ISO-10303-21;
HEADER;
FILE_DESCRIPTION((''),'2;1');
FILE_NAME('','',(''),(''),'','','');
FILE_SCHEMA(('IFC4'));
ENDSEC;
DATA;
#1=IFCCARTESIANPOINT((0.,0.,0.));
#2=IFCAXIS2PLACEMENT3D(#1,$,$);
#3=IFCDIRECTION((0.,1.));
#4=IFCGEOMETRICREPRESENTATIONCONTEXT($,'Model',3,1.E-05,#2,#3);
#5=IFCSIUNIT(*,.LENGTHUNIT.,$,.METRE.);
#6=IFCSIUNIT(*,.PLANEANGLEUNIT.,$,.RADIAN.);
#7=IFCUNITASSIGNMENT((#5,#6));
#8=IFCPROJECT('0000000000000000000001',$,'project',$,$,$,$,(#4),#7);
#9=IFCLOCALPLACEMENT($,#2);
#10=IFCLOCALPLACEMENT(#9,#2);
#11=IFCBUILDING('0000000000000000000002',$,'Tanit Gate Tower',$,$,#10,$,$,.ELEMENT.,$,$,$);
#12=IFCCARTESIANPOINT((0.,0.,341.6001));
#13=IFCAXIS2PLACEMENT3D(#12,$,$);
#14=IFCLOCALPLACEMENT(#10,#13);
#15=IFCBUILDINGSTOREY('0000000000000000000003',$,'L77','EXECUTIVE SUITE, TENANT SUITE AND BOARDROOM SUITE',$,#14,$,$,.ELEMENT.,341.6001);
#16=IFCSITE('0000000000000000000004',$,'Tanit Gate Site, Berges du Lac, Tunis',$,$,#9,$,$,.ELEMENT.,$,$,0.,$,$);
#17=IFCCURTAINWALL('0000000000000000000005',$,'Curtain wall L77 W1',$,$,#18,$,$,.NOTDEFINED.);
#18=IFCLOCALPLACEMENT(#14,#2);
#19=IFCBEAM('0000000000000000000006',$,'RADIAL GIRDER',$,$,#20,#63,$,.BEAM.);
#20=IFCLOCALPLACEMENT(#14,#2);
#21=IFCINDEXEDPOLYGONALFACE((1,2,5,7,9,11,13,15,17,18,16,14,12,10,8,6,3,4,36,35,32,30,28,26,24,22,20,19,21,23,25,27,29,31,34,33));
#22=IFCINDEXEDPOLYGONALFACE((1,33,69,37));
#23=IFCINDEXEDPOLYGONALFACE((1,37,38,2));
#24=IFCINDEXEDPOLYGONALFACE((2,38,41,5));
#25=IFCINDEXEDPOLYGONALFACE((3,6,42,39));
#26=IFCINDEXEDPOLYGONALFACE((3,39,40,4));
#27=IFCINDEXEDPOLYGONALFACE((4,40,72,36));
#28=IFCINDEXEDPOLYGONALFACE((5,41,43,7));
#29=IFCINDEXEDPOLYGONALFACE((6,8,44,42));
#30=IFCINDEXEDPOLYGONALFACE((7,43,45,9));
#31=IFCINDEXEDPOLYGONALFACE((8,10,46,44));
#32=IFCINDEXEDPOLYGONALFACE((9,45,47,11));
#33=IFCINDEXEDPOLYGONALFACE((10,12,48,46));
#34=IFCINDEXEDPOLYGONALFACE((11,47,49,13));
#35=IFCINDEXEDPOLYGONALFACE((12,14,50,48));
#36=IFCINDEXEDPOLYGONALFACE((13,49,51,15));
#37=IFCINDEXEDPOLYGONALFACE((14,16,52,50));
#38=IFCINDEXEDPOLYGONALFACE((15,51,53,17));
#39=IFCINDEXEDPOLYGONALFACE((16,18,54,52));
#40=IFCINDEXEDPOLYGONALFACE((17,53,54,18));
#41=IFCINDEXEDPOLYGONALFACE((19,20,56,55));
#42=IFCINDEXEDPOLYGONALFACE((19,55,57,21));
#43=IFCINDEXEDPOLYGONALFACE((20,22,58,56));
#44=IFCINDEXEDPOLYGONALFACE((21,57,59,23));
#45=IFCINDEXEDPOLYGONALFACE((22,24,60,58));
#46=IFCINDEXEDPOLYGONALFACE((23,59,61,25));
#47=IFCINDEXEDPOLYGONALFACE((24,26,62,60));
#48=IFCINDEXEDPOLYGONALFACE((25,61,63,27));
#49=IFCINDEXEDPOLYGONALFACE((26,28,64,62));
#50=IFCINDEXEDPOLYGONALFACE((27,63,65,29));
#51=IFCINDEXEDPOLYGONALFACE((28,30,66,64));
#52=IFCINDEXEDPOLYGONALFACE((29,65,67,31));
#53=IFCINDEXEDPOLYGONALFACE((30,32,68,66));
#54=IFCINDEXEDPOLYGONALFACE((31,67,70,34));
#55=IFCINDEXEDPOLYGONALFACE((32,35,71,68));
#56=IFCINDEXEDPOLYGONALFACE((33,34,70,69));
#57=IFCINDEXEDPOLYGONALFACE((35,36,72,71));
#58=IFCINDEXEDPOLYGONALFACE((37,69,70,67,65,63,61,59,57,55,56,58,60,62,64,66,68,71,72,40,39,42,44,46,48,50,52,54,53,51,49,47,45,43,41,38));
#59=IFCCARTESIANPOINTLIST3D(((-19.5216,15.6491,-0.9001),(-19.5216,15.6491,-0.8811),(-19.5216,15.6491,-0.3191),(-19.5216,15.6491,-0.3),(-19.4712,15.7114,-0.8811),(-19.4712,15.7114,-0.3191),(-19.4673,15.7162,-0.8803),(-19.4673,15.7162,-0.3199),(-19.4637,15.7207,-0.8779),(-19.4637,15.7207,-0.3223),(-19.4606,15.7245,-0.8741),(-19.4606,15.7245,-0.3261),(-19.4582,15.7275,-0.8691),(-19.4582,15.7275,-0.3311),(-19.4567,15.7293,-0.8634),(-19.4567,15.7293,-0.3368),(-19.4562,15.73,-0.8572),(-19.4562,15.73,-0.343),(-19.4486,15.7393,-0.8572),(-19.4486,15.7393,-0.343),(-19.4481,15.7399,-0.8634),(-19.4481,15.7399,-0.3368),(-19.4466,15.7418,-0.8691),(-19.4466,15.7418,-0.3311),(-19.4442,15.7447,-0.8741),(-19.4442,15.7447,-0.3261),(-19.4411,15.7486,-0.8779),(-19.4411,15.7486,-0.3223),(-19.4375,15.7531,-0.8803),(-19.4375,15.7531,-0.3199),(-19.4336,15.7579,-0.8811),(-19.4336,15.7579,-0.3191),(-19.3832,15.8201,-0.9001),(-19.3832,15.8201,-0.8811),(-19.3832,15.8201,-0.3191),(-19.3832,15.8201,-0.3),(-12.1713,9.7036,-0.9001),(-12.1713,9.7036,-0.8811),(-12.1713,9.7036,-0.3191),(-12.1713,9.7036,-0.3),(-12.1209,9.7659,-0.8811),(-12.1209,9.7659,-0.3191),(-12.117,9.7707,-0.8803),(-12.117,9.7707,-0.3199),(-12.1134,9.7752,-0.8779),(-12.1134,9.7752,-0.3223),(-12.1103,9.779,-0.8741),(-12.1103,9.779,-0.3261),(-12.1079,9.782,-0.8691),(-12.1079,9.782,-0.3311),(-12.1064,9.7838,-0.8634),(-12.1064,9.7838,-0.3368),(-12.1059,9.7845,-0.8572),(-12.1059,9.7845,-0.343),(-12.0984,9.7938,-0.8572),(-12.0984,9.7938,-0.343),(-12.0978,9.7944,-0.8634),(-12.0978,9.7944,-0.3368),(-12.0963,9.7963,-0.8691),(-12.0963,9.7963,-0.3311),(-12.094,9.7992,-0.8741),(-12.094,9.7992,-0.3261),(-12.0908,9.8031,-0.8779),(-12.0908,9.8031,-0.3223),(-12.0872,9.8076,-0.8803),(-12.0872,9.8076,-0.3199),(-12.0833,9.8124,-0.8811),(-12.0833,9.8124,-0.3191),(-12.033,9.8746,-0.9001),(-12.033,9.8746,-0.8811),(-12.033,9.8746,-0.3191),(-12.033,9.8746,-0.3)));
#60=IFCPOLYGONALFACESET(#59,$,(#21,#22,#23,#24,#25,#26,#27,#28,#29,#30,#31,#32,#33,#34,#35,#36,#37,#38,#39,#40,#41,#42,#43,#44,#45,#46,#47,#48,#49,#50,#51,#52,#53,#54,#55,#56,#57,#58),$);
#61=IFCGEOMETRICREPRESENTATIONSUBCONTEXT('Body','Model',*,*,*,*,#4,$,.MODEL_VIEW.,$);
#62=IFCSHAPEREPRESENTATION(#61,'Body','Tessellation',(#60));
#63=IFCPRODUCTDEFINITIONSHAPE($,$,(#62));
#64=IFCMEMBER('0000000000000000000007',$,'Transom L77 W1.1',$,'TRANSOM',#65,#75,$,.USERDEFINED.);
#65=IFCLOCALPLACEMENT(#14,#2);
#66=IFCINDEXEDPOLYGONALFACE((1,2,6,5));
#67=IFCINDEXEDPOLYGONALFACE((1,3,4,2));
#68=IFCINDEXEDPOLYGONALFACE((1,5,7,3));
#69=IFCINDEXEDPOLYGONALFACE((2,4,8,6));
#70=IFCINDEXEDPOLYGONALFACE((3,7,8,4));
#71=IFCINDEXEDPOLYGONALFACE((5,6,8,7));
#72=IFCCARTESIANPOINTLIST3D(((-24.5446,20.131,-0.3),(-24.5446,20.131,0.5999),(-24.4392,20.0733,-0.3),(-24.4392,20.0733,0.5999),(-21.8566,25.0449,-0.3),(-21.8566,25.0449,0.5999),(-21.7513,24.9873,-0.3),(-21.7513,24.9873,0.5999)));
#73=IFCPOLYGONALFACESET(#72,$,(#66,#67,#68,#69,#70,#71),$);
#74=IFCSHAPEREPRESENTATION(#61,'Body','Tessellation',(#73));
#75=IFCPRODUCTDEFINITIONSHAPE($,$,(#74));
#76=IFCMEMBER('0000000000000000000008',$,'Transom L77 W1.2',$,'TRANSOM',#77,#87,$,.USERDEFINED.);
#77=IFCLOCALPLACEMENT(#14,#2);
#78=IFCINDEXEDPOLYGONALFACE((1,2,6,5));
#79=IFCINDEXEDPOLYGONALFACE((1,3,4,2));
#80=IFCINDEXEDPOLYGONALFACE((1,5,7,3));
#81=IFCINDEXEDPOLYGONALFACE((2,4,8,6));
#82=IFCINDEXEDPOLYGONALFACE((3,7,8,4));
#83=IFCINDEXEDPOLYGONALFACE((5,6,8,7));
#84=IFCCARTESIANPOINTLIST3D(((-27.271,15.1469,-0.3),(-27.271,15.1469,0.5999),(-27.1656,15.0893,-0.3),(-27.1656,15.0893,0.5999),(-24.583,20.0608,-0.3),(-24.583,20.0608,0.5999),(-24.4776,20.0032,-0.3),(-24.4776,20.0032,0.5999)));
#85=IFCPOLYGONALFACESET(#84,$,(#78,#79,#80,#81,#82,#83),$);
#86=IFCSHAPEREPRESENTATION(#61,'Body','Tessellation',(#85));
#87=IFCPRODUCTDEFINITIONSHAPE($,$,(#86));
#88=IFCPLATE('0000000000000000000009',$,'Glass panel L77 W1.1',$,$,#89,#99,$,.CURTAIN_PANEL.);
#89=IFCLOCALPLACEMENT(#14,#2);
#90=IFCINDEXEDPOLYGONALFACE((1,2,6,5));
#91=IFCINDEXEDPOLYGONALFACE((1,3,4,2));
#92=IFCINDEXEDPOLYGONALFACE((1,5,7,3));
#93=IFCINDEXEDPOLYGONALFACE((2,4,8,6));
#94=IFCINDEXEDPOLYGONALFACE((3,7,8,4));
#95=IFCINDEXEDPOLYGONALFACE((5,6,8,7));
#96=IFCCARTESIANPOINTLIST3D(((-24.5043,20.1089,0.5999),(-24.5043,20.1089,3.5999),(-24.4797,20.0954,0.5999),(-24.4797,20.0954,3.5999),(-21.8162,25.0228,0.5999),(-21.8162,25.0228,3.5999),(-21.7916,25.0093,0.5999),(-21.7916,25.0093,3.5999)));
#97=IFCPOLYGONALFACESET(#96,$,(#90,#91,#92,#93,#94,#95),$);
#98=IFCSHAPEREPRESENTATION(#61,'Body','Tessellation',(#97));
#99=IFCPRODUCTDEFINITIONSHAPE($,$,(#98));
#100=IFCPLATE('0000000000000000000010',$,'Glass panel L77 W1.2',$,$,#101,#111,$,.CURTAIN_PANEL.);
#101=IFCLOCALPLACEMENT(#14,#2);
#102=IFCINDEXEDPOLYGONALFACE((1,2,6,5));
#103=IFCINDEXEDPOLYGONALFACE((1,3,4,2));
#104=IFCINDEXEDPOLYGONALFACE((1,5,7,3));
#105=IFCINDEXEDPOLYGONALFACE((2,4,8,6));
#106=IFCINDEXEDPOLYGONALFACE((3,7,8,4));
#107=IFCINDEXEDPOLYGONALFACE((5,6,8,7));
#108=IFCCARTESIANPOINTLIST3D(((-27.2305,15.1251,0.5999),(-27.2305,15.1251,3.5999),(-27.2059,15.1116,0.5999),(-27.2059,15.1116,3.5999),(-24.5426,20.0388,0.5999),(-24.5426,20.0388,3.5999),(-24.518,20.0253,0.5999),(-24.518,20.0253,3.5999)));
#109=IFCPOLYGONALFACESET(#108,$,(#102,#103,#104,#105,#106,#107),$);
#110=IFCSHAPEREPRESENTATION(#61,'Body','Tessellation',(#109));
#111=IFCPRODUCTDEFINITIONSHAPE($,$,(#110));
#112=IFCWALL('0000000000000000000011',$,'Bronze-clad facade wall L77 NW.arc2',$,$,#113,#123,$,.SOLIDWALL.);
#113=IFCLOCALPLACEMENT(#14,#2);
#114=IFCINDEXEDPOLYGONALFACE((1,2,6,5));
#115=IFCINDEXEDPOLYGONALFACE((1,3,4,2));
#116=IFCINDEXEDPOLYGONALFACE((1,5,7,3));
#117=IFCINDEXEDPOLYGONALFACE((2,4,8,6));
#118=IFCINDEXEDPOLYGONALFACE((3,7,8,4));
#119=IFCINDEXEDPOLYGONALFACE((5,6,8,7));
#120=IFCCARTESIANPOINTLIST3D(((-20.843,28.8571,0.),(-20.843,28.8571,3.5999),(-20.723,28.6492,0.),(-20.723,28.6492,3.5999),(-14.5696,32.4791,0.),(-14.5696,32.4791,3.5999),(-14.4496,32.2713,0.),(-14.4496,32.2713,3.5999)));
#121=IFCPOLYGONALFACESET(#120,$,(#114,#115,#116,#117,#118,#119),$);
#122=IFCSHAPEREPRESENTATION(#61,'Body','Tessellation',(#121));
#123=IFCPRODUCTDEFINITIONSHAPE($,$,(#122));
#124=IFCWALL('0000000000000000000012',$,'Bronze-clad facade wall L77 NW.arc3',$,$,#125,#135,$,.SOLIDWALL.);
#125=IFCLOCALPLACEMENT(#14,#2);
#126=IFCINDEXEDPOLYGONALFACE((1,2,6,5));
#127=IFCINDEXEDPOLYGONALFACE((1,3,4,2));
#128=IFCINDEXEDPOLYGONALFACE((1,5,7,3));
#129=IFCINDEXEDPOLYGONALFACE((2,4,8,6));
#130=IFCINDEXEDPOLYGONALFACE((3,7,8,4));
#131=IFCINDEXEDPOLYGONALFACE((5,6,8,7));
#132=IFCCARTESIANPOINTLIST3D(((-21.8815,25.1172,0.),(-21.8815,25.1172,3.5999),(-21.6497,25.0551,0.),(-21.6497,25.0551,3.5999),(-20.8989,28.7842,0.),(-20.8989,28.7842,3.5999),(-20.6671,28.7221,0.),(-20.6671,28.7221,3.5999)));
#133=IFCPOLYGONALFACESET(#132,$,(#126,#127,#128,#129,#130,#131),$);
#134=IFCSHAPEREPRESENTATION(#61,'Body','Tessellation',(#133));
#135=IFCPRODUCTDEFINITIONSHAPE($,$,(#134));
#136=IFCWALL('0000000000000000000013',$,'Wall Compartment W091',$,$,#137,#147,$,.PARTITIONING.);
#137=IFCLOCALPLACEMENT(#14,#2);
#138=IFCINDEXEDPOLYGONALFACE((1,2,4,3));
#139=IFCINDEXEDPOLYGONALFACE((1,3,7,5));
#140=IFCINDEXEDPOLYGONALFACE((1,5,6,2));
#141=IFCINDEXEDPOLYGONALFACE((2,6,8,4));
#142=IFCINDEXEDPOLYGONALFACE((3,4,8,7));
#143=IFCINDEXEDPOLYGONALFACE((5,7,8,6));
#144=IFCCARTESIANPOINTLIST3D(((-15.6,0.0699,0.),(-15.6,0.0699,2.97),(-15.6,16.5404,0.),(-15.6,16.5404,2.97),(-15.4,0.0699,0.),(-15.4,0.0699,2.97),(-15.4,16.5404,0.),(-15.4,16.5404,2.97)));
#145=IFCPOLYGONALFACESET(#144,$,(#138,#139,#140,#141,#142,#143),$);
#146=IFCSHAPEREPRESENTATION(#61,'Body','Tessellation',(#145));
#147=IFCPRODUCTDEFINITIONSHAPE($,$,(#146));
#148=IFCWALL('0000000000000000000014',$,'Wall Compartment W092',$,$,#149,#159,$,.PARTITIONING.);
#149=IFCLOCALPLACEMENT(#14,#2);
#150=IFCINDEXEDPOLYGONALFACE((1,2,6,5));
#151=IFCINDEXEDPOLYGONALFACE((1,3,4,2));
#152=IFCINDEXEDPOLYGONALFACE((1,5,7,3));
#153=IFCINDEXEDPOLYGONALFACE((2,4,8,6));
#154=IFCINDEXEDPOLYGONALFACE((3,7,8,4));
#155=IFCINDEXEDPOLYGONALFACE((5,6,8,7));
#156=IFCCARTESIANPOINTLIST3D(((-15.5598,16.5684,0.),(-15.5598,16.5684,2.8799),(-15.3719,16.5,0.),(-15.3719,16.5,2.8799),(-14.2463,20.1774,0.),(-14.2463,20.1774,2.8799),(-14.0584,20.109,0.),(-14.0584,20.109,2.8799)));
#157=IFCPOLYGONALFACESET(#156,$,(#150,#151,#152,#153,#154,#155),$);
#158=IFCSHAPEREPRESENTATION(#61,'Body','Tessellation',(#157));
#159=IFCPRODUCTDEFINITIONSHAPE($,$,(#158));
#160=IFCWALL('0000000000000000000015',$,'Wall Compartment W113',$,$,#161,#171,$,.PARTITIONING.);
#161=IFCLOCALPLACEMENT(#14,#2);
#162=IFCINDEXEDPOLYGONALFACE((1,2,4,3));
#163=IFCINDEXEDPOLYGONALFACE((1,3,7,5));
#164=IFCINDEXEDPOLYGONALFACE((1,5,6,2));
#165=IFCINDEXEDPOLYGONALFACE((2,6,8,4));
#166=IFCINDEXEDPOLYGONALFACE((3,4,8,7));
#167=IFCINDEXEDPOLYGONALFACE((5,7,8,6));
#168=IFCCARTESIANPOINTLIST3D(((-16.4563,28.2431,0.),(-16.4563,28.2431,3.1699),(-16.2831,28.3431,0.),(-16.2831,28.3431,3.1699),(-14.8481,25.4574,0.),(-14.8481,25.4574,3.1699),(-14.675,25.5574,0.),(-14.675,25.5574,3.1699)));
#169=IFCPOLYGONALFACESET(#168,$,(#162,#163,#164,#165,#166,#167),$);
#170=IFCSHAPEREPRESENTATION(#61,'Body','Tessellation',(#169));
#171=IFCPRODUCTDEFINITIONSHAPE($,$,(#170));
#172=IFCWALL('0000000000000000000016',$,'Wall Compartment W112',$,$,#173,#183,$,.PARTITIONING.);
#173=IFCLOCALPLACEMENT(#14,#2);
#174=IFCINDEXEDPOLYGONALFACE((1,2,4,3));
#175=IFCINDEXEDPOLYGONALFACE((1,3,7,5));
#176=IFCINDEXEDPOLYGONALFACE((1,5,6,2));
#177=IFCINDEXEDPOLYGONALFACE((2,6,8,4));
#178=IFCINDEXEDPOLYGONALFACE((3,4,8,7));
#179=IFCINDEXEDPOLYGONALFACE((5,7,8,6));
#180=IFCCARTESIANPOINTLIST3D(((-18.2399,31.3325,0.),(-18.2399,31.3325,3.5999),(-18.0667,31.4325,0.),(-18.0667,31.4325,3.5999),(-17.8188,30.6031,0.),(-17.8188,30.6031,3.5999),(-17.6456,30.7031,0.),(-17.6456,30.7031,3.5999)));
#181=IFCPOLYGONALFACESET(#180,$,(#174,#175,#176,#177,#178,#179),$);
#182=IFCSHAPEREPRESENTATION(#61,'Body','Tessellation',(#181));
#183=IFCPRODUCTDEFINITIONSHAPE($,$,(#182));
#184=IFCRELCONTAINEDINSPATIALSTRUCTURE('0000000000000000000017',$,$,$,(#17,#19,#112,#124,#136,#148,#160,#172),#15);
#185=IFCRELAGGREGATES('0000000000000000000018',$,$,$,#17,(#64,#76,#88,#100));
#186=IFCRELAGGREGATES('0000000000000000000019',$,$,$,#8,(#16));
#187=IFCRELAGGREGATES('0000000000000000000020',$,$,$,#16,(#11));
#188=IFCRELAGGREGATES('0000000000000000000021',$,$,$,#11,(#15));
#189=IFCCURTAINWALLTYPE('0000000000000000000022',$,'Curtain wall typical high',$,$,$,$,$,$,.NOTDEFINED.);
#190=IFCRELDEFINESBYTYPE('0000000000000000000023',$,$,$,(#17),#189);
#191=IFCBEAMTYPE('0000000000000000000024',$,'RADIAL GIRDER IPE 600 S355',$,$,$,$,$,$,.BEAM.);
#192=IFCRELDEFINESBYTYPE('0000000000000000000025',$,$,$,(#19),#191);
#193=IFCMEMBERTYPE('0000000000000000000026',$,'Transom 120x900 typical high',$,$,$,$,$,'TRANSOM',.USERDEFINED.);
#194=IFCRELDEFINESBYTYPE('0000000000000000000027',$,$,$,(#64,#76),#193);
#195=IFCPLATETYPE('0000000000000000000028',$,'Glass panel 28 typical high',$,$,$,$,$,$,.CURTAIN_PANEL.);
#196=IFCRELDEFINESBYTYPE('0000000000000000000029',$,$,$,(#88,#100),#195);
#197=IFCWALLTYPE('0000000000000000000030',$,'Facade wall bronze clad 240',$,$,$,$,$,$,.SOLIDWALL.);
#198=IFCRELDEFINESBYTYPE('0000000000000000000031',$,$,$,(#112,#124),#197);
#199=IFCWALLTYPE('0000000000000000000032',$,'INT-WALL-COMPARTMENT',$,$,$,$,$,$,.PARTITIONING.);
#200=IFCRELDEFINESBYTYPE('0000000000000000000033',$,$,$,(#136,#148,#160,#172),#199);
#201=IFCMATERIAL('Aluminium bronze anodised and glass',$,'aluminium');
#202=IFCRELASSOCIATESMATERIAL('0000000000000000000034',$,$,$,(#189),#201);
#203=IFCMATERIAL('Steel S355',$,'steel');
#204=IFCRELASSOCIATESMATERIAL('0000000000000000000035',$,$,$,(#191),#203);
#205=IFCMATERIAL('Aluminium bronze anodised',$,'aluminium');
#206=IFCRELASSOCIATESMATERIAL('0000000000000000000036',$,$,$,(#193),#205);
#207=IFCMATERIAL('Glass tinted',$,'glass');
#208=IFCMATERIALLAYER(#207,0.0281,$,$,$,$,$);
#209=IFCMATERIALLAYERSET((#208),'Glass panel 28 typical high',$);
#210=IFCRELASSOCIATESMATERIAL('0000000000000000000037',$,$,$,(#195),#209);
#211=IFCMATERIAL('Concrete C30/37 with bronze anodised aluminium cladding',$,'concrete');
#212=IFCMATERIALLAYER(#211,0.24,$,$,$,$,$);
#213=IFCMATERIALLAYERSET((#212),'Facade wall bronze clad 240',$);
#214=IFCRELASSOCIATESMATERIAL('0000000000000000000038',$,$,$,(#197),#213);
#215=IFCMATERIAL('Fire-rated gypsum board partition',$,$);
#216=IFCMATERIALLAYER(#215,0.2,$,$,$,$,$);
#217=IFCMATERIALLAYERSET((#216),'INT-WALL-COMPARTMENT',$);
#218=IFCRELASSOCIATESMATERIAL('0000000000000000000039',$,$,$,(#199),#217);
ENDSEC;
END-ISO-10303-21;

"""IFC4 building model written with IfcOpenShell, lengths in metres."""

from ifc_helpers import new_model, si_unit, direction, frame, frame_2d, origin, origin_2d, place, context, subcontext, project, spatial, rectangle, i_section, extrude, material, layer, layer_set, material_profile, profile_set, type_object, element, aggregate, save


model = new_model("IFC4")

# Units and contexts
model_context = context("Model", 3, precision=1e-05, world=origin(), true_north=direction((0.0, 1.0)))
body_context = subcontext(model_context, "Body", "Model", "MODEL_VIEW")
ifc_project = project(units=[si_unit("LENGTHUNIT", "METRE"), si_unit("PLANEANGLEUNIT", "RADIAN")], contexts=[model_context])

# Site, building, storey
site_placement = place(None, origin())
site = spatial("IfcSite", under=ifc_project, at=site_placement, Name="Tanit Gate Site, Berges du Lac, Tunis", CompositionType="ELEMENT", RefElevation=0.0)
building_placement = place(site_placement, origin())
building = spatial("IfcBuilding", under=site, at=building_placement, Name="Tanit Gate Tower", CompositionType="ELEMENT")
storey_placement = place(building_placement, frame((0.0, 0.0, 341.6001)))
storey = spatial("IfcBuildingStorey", under=building, at=storey_placement, Name="L77", Description="EXECUTIVE SUITE, TENANT SUITE AND BOARDROOM SUITE", CompositionType="ELEMENT", Elevation=341.6001)

# Curtain wall
ifc_material_1 = material(Name="Aluminium bronze anodised and glass", Category="aluminium")
curtain_wall_type = type_object("IfcCurtainWallType", Name="Curtain wall typical high", PredefinedType="NOTDEFINED", material=ifc_material_1)
curtain_wall_placement = place(storey_placement, origin())
curtain_wall = element("IfcCurtainWall", 1, at=curtain_wall_placement, inside=storey, type_object=curtain_wall_type, Name="Curtain wall L77 W1", PredefinedType="NOTDEFINED")

# Beam
ifc_material_2 = material(Name="Steel S355", Category="steel")
ifc_material_profile_1 = material_profile(ifc_material_2, i_section(OverallWidth=0.22, OverallDepth=0.6001, WebThickness=0.012, FlangeThickness=0.019, FilletRadius=0.0239, at=origin_2d()), Name="IPE 600")
ifc_profile_set_1 = profile_set([ifc_material_profile_1], Name="Steel S355")
beam_type_1 = type_object("IfcBeamType", Name="RADIAL GIRDER IPE 600 S355", PredefinedType="BEAM", material=ifc_profile_set_1)
beam_1_placement = place(storey_placement, frame((-19.4524, 15.7346, -0.6001), z_axis=(0.777489, -0.628897, 0.0), x_axis=(0.628897, 0.777489, 0.0)))
element("IfcBeam", 2, at=beam_1_placement, inside=storey, type_object=beam_type_1, Name="RADIAL GIRDER", PredefinedType="BEAM", context=body_context, shape_type="SweptSolid", body=[
    extrude(i_section(OverallWidth=0.22, OverallDepth=0.6001, WebThickness=0.012, FlangeThickness=0.019, FilletRadius=0.0239, at=origin_2d()), origin(), (0.0, 0.0, 1.0), 9.4539),
])

# Members
ifc_material_3 = material(Name="Aluminium bronze anodised", Category="aluminium")
ifc_material_profile_2 = material_profile(ifc_material_3, rectangle(XDim=0.1201, YDim=0.8999, at=origin_2d()), Name="120x900 bronze transom")
ifc_profile_set_2 = profile_set([ifc_material_profile_2], Name="Aluminium bronze anodised")
member_type_1 = type_object("IfcMemberType", Name="Transom 120x900 typical high", ElementType="TRANSOM", PredefinedType="USERDEFINED", material=ifc_profile_set_2)
member_1_placement = place(storey_placement, frame((-21.804, 25.0161, 0.1499), z_axis=(-0.479896, -0.877325, 0.0), x_axis=(0.877325, -0.479896, 0.0)))
member_1 = element("IfcMember", 3, at=member_1_placement, type_object=member_type_1, Name="Transom L77 W1.1", ObjectType="TRANSOM", PredefinedType="USERDEFINED", context=body_context, shape_type="SweptSolid", body=[
    extrude(rectangle(XDim=0.1201, YDim=0.8999, at=origin_2d()), origin(), (0.0, 0.0, 1.0), 5.6011),
])
member_2_placement = place(storey_placement, frame((-24.5303, 20.032, 0.1499), z_axis=(-0.479915, -0.877315, 0.0), x_axis=(0.877315, -0.479915, 0.0)))
member_2 = element("IfcMember", 4, at=member_2_placement, type_object=member_type_1, Name="Transom L77 W1.2", ObjectType="TRANSOM", PredefinedType="USERDEFINED", context=body_context, shape_type="SweptSolid", body=[
    extrude(rectangle(XDim=0.1201, YDim=0.8999, at=origin_2d()), origin(), (0.0, 0.0, 1.0), 5.6011),
])

# Plates
ifc_material_4 = material(Name="Glass tinted", Category="glass")
ifc_layer_1 = layer(ifc_material_4, 0.0281)
ifc_layer_set_1 = layer_set([ifc_layer_1], Name="Glass panel 28 typical high")
plate_type = type_object("IfcPlateType", Name="Glass panel 28 typical high", PredefinedType="CURTAIN_PANEL", material=ifc_layer_set_1)
plate_1_placement = place(storey_placement, frame((-23.1479, 22.5591, 0.5999), z_axis=(0.0, 0.0, 1.0), x_axis=(-0.479914, -0.877315, 0.0)))
plate_1 = element("IfcPlate", 5, at=plate_1_placement, type_object=plate_type, Name="Glass panel L77 W1.1", PredefinedType="CURTAIN_PANEL", context=body_context, shape_type="SweptSolid", body=[
    extrude(rectangle(XDim=5.6011, YDim=0.0281, at=origin_2d()), origin(), (0.0, 0.0, 1.0), 3.0),
])
plate_2_placement = place(storey_placement, frame((-25.8743, 17.5752, 0.5999), z_axis=(0.0, 0.0, 1.0), x_axis=(-0.479914, -0.877315, 0.0)))
plate_2 = element("IfcPlate", 6, at=plate_2_placement, type_object=plate_type, Name="Glass panel L77 W1.2", PredefinedType="CURTAIN_PANEL", context=body_context, shape_type="SweptSolid", body=[
    extrude(rectangle(XDim=5.6008, YDim=0.0281, at=origin_2d()), origin(), (0.0, 0.0, 1.0), 3.0),
])
aggregate(curtain_wall, [member_1, member_2, plate_1, plate_2])

# Walls
ifc_material_5 = material(Name="Concrete C30/37 with bronze anodised aluminium cladding", Category="concrete")
ifc_layer_2 = layer(ifc_material_5, 0.24)
ifc_layer_set_2 = layer_set([ifc_layer_2], Name="Facade wall bronze clad 240")
wall_type_1 = type_object("IfcWallType", Name="Facade wall bronze clad 240", PredefinedType="SOLIDWALL", material=ifc_layer_set_2)
wall_1_placement = place(storey_placement, frame((-14.5095, 32.3752, 0.0), z_axis=(0.0, 0.0, 1.0), x_axis=(-0.866019, -0.50001, 0.0)))
element("IfcWall", 7, at=wall_1_placement, inside=storey, type_object=wall_type_1, Name="Bronze-clad facade wall L77 NW.arc2", PredefinedType="SOLIDWALL", context=body_context, shape_type="SweptSolid", body=[
    extrude(rectangle(XDim=7.2439, YDim=0.24, at=frame_2d((3.6221, 0.0))), origin(), (0.0, 0.0, 1.0), 3.5999),
])
wall_2_placement = place(storey_placement, frame((-20.783, 28.7532, 0.0), z_axis=(0.0, 0.0, 1.0), x_axis=(-0.258843, -0.965919, 0.0)))
element("IfcWall", 8, at=wall_2_placement, inside=storey, type_object=wall_type_1, Name="Bronze-clad facade wall L77 NW.arc3", PredefinedType="SOLIDWALL", context=body_context, shape_type="SweptSolid", body=[
    extrude(rectangle(XDim=3.7964, YDim=0.24, at=frame_2d((1.8982, 0.0))), origin(), (0.0, 0.0, 1.0), 3.5999),
])
ifc_material_6 = material(Name="Fire-rated gypsum board partition")
ifc_layer_3 = layer(ifc_material_6, 0.2)
ifc_layer_set_3 = layer_set([ifc_layer_3], Name="INT-WALL-COMPARTMENT")
wall_type_2 = type_object("IfcWallType", Name="INT-WALL-COMPARTMENT", PredefinedType="PARTITIONING", material=ifc_layer_set_3)
wall_3_placement = place(storey_placement, frame((-15.5, 16.5405, 0.0), z_axis=(0.0, 0.0, 1.0), x_axis=(0.0, -1.0, 0.0)))
element("IfcWall", 9, at=wall_3_placement, inside=storey, type_object=wall_type_2, Name="Wall Compartment W091", PredefinedType="PARTITIONING", context=body_context, shape_type="SweptSolid", body=[
    extrude(rectangle(XDim=16.4705, YDim=0.2, at=frame_2d((8.2354, 0.0))), origin(), (0.0, 0.0, 1.0), 2.97),
])
wall_4_placement = place(storey_placement, frame((-14.1523, 20.1433, 0.0), z_axis=(0.0, 0.0, 1.0), x_axis=(-0.342008, -0.939697, 0.0)))
element("IfcWall", 10, at=wall_4_placement, inside=storey, type_object=wall_type_2, Name="Wall Compartment W092", PredefinedType="PARTITIONING", context=body_context, shape_type="SweptSolid", body=[
    extrude(rectangle(XDim=3.8406, YDim=0.2, at=frame_2d((1.9204, 0.0))), origin(), (0.0, 0.0, 1.0), 2.8799),
])
wall_5_placement = place(storey_placement, frame((-14.7615, 25.5073, 0.0), z_axis=(0.0, 0.0, 1.0), x_axis=(-0.499968, 0.866044, 0.0)))
element("IfcWall", 11, at=wall_5_placement, inside=storey, type_object=wall_type_2, Name="Wall Compartment W113", PredefinedType="PARTITIONING", context=body_context, shape_type="SweptSolid", body=[
    extrude(rectangle(XDim=3.2166, YDim=0.2, at=frame_2d((1.6084, 0.0))), origin(), (0.0, 0.0, 1.0), 3.1699),
])
wall_6_placement = place(storey_placement, frame((-17.7322, 30.6531, 0.0), z_axis=(0.0, 0.0, 1.0), x_axis=(-0.499973, 0.866041, 0.0)))
element("IfcWall", 12, at=wall_6_placement, inside=storey, type_object=wall_type_2, Name="Wall Compartment W112", PredefinedType="PARTITIONING", context=body_context, shape_type="SweptSolid", body=[
    extrude(rectangle(XDim=0.8423, YDim=0.2, at=frame_2d((0.4211, 0.0))), origin(), (0.0, 0.0, 1.0), 3.5999),
])

save(model, "model.ifc")
